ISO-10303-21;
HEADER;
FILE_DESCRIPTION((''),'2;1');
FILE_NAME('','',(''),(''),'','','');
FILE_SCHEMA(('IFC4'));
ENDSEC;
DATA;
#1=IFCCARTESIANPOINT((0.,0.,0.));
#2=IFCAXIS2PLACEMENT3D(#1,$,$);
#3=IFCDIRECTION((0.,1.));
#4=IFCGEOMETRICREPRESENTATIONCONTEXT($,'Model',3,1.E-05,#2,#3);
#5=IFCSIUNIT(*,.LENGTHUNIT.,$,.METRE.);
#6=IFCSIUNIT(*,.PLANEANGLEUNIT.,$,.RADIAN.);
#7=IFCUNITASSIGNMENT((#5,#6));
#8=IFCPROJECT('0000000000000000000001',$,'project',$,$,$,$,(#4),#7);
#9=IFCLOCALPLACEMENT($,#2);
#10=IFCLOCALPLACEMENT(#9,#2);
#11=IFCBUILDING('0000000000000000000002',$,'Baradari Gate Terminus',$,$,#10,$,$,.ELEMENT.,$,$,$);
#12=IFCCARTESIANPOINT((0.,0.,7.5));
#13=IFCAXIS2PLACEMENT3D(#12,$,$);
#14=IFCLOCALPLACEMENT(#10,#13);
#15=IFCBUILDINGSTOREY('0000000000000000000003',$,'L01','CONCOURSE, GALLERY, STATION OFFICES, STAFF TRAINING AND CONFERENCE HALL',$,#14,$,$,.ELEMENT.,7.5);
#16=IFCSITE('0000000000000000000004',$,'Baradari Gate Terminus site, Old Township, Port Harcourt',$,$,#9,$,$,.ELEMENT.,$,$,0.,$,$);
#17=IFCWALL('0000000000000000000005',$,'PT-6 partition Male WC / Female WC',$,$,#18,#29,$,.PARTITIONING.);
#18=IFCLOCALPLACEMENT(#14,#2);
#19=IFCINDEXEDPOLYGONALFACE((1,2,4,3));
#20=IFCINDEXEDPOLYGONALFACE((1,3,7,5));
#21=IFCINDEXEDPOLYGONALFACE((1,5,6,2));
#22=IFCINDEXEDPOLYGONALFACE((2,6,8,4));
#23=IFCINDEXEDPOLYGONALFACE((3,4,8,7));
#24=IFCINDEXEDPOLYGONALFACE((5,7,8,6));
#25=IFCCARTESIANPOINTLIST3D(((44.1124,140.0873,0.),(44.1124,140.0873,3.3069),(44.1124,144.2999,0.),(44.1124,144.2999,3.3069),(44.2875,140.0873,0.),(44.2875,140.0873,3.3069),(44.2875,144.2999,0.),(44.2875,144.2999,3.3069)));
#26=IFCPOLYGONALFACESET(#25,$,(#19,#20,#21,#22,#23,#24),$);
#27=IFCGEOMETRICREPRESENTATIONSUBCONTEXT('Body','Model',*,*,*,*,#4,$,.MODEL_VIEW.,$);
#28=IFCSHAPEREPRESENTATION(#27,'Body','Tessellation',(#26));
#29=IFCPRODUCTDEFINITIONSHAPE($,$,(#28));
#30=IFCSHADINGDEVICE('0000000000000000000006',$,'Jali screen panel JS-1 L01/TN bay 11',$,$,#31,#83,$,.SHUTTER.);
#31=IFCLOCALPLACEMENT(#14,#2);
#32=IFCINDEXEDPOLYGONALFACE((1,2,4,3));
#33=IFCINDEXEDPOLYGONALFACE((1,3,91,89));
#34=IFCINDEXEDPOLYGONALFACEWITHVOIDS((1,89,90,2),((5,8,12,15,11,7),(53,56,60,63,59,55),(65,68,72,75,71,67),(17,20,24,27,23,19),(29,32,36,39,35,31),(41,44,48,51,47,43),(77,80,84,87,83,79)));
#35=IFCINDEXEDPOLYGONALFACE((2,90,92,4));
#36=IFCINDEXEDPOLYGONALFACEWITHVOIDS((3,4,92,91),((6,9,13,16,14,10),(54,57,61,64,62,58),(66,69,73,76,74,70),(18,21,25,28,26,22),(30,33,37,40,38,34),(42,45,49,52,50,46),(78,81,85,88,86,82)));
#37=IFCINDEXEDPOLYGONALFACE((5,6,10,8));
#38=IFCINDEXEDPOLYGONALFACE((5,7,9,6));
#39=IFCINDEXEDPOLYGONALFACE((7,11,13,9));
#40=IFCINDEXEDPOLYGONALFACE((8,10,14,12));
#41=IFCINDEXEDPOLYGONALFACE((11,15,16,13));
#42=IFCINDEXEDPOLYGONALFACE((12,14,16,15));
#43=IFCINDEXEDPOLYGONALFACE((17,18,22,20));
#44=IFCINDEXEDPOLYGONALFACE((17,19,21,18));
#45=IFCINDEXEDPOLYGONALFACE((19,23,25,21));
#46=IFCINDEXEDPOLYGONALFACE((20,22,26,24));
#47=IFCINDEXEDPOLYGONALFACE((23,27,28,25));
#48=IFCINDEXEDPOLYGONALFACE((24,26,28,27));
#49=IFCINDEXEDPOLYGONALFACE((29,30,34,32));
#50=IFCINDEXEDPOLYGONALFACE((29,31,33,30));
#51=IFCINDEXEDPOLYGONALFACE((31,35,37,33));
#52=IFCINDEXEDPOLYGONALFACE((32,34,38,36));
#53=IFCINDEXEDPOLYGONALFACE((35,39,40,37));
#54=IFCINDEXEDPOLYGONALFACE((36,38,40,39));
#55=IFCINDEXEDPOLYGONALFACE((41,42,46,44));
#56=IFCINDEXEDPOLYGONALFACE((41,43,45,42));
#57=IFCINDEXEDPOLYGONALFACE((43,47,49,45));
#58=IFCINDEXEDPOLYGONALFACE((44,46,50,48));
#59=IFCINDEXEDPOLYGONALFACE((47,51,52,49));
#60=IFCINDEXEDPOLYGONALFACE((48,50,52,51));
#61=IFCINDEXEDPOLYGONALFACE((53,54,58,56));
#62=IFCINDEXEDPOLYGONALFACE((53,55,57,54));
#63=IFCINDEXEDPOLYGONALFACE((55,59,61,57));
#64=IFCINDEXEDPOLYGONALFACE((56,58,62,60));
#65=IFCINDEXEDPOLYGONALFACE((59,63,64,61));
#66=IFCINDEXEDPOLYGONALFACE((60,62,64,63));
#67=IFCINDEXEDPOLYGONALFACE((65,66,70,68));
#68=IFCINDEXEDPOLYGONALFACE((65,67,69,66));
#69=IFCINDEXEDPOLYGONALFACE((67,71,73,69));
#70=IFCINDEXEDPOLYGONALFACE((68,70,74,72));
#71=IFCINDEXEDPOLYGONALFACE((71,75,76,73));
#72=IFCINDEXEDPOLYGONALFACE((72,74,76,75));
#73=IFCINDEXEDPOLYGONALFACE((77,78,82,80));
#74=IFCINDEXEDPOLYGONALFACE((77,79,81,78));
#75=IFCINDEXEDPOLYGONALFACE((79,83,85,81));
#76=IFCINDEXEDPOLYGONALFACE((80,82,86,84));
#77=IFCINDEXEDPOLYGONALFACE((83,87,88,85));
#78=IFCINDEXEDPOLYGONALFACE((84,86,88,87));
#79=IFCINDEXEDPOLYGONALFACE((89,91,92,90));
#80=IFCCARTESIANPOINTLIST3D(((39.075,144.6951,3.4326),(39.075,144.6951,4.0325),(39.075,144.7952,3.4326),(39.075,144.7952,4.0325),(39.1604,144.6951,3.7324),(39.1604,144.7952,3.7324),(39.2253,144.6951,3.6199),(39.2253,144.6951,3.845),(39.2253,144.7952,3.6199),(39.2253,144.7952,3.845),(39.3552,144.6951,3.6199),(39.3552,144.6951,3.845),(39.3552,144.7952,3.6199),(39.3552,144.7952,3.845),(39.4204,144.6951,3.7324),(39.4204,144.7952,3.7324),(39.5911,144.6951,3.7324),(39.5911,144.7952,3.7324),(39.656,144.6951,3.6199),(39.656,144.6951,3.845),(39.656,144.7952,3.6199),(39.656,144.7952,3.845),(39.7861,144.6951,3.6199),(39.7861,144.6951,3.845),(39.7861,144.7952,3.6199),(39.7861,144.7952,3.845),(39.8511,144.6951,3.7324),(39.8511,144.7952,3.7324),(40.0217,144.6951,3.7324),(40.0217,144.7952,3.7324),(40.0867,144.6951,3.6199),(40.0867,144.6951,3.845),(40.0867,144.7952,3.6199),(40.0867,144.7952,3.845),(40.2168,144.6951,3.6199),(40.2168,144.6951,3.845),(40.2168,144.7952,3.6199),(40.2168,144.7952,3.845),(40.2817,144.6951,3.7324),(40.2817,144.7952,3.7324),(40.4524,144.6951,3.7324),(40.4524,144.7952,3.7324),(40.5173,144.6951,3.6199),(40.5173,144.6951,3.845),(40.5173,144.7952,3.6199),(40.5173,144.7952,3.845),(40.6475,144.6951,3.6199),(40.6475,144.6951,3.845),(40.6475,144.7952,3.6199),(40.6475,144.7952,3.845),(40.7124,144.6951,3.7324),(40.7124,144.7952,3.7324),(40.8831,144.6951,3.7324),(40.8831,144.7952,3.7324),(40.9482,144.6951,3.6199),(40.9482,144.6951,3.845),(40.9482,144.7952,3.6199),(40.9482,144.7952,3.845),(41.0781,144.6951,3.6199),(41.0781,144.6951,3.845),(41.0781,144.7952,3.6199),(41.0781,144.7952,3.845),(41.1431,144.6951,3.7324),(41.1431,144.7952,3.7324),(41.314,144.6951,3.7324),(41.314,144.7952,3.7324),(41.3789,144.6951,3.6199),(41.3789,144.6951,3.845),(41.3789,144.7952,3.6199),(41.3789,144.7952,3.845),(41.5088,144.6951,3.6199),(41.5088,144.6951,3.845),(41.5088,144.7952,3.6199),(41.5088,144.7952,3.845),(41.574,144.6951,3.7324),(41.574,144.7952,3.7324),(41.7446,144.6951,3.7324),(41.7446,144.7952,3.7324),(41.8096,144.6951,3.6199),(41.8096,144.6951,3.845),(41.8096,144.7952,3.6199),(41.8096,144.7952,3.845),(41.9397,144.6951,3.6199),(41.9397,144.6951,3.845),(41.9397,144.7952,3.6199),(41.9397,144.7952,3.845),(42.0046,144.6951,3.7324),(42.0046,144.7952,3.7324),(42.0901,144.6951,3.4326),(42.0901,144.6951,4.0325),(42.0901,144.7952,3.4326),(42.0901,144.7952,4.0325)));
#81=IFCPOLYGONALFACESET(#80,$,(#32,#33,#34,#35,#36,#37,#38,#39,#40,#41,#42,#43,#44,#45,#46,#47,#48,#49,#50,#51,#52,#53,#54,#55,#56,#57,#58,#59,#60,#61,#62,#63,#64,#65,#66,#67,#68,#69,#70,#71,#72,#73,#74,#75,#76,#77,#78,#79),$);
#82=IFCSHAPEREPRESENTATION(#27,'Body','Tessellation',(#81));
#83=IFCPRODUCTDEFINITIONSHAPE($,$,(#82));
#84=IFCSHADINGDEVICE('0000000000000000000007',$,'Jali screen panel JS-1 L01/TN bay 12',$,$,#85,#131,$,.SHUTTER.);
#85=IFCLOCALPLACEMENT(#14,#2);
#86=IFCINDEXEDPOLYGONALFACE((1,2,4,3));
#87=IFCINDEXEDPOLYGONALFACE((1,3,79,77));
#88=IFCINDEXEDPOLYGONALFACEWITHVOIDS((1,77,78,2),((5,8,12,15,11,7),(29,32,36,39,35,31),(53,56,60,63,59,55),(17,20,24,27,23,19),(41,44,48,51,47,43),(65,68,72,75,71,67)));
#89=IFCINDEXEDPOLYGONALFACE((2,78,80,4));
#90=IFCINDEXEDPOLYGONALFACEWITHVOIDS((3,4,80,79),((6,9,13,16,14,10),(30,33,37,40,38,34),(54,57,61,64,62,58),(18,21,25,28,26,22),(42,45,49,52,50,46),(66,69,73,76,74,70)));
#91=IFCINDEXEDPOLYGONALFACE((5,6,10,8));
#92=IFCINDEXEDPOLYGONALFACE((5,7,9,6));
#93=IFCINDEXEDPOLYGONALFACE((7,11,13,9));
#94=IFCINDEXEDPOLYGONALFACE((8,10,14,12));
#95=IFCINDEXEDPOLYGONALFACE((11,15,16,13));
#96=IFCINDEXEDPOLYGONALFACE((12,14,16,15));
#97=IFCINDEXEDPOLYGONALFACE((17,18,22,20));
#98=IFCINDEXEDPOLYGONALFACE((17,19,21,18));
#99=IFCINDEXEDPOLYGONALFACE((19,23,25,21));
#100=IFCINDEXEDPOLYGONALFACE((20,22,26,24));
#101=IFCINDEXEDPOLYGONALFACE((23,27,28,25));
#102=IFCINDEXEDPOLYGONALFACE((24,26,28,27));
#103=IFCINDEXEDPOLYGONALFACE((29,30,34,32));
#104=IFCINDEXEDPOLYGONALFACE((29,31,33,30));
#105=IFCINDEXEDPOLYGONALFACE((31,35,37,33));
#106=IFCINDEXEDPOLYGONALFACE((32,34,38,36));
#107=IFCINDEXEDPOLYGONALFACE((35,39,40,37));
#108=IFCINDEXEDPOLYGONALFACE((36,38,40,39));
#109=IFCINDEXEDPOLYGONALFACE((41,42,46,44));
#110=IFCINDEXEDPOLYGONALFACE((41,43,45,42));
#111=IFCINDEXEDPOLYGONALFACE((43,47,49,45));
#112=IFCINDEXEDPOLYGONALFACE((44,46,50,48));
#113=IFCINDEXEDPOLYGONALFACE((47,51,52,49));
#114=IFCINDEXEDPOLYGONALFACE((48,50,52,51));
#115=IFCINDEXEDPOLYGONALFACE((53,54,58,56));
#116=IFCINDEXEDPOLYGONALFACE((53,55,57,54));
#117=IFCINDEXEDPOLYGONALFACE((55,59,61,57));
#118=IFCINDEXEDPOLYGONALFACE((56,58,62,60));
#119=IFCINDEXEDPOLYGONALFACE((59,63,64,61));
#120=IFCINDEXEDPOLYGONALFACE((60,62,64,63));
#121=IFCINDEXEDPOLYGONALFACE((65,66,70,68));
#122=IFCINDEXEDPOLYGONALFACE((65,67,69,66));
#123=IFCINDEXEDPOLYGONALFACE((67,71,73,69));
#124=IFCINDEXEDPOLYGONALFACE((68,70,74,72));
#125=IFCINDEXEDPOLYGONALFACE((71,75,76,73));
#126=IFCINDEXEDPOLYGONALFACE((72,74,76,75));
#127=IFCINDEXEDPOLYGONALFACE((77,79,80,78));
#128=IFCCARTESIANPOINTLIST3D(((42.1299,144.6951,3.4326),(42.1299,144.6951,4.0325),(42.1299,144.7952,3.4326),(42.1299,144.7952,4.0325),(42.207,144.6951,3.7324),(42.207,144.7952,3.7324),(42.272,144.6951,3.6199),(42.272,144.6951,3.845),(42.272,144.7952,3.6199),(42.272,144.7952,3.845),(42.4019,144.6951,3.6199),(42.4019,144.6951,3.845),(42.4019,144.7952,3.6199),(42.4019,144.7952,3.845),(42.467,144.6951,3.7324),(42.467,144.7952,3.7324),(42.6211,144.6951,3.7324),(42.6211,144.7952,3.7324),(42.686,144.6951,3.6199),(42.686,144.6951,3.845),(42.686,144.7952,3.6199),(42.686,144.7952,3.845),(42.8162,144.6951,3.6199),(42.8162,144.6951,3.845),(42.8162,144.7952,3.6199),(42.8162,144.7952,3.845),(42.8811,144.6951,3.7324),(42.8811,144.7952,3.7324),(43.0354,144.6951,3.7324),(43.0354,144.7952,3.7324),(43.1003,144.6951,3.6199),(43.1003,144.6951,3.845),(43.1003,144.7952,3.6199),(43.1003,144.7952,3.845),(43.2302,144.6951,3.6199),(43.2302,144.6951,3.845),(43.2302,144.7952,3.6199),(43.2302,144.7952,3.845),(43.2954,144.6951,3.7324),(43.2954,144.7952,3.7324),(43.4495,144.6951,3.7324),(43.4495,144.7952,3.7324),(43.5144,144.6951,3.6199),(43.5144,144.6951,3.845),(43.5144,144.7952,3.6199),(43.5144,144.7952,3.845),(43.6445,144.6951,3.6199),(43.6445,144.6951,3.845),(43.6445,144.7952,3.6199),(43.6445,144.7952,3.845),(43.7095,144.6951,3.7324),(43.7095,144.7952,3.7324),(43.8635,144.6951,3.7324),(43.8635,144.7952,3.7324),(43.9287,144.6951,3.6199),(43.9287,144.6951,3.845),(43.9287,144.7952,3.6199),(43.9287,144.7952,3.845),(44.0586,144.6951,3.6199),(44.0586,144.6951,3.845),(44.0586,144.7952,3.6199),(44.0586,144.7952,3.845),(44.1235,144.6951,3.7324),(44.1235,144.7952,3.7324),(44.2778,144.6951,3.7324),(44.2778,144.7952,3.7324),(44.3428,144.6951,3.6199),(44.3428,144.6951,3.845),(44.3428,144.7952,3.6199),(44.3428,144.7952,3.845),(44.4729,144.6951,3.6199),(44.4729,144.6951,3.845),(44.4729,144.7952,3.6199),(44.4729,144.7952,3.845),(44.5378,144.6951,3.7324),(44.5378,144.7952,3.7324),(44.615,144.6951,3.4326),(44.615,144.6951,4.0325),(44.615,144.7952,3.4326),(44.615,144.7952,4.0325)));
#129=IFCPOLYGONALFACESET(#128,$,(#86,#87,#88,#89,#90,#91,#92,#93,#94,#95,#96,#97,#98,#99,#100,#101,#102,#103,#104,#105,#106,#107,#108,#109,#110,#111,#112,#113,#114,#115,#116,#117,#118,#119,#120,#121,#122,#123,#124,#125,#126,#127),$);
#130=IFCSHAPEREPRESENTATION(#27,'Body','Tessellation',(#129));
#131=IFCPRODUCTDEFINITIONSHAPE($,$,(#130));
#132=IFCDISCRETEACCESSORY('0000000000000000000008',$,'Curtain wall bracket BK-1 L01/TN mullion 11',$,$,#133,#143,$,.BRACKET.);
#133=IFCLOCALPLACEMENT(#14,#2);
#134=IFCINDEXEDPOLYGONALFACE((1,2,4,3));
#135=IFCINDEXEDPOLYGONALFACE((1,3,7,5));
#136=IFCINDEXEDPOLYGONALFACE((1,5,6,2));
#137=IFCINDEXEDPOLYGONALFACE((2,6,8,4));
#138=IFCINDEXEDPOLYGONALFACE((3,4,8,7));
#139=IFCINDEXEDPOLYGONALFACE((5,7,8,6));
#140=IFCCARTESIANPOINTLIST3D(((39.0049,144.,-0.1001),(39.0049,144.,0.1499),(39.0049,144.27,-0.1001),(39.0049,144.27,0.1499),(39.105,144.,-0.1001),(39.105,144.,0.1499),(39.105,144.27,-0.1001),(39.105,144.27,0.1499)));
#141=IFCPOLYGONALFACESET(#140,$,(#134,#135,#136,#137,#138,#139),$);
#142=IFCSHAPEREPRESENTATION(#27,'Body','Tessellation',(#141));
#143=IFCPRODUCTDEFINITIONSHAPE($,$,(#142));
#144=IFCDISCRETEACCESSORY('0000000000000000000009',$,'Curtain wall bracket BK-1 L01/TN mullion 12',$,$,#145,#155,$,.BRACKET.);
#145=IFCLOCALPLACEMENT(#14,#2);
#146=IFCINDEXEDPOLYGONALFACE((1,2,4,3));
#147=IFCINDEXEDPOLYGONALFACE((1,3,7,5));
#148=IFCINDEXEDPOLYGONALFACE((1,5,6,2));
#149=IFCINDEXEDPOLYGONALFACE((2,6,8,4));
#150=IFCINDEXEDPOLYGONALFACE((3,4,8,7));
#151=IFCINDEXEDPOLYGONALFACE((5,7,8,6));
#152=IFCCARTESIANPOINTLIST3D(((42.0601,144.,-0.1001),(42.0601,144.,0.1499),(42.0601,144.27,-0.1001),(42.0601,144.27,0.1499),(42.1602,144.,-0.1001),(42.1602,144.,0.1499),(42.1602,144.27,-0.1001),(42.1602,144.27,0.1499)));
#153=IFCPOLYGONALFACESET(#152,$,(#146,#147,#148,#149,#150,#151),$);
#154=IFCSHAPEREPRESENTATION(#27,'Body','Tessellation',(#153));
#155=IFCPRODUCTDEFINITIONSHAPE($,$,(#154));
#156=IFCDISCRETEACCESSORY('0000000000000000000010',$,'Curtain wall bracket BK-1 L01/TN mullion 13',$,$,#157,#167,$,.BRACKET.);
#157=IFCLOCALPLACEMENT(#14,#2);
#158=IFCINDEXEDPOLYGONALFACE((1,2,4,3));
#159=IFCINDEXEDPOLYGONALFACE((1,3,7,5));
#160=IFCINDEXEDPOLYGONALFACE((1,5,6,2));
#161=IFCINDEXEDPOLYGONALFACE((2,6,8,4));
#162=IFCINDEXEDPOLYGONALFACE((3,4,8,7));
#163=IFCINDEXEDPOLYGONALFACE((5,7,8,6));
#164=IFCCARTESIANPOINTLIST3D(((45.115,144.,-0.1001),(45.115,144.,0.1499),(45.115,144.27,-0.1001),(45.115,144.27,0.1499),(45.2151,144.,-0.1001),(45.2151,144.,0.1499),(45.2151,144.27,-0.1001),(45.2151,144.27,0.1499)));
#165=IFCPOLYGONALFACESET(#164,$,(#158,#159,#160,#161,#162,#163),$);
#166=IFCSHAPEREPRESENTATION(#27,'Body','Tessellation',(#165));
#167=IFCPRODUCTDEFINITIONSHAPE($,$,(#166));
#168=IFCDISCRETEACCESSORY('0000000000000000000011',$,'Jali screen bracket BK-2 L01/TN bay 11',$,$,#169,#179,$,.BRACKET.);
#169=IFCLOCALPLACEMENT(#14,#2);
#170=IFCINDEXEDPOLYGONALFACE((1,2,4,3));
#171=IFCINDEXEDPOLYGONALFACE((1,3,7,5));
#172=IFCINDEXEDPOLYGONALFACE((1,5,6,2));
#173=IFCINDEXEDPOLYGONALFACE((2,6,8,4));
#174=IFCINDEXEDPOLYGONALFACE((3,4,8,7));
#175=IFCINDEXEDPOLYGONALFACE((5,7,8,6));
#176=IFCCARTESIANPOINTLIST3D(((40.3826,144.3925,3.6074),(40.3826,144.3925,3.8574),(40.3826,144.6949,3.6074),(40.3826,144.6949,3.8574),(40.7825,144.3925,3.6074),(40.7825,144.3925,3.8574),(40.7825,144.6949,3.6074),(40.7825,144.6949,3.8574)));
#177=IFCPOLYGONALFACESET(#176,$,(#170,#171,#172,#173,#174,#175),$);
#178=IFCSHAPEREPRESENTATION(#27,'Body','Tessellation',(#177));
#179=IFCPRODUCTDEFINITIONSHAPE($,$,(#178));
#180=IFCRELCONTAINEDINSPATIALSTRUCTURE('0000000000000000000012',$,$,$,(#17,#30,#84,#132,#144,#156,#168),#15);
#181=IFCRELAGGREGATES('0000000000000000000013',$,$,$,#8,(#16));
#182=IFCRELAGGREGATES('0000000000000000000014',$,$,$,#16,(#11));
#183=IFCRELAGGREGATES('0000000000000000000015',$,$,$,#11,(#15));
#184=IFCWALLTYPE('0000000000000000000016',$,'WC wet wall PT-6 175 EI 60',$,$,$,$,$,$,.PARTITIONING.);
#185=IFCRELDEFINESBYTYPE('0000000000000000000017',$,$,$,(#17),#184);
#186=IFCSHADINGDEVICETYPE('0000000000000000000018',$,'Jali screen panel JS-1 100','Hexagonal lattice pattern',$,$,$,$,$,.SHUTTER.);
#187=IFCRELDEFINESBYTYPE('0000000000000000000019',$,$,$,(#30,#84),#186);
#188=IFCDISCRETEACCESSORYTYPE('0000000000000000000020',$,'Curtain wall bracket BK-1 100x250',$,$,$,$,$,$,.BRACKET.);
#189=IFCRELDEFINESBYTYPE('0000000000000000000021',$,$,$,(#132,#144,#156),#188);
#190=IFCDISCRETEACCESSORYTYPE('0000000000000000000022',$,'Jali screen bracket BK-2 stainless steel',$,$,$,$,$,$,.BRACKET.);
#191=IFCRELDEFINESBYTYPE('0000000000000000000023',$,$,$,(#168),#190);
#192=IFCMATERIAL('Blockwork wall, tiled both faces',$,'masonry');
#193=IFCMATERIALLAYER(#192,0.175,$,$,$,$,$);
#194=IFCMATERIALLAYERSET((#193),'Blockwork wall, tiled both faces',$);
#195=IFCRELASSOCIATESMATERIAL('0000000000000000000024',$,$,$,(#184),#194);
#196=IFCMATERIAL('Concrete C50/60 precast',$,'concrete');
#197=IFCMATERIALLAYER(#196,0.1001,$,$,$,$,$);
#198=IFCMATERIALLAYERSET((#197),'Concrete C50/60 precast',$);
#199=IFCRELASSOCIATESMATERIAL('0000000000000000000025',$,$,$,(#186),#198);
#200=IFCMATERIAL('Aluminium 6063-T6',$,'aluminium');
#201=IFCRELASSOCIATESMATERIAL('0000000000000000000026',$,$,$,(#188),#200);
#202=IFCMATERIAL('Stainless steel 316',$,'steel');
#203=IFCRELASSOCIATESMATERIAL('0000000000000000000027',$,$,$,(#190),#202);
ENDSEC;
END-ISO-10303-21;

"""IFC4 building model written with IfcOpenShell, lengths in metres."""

from ifc_helpers import new_model, si_unit, direction, frame, frame_2d, origin, origin_2d, place, context, subcontext, project, spatial, polyline, rectangle, outline, extrude, material, layer, layer_set, type_object, element, save


model = new_model("IFC4")

# Units and contexts
model_context = context("Model", 3, precision=1e-05, world=origin(), true_north=direction((0.0, 1.0)))
body_context = subcontext(model_context, "Body", "Model", "MODEL_VIEW")
ifc_project = project(units=[si_unit("LENGTHUNIT", "METRE"), si_unit("PLANEANGLEUNIT", "RADIAN")], contexts=[model_context])

# Site, building, storey
site_placement = place(None, origin())
site = spatial("IfcSite", under=ifc_project, at=site_placement, Name="Baradari Gate Terminus site, Old Township, Port Harcourt", CompositionType="ELEMENT", RefElevation=0.0)
building_placement = place(site_placement, origin())
building = spatial("IfcBuilding", under=site, at=building_placement, Name="Baradari Gate Terminus", CompositionType="ELEMENT")
storey_placement = place(building_placement, frame((0.0, 0.0, 7.5)))
storey = spatial("IfcBuildingStorey", under=building, at=storey_placement, Name="L01", Description="CONCOURSE, GALLERY, STATION OFFICES, STAFF TRAINING AND CONFERENCE HALL", CompositionType="ELEMENT", Elevation=7.5)

# Wall
ifc_material_1 = material(Name="Blockwork wall, tiled both faces", Category="masonry")
ifc_layer_1 = layer(ifc_material_1, 0.175)
ifc_layer_set_1 = layer_set([ifc_layer_1], Name="Blockwork wall, tiled both faces")
wall_type = type_object("IfcWallType", Name="WC wet wall PT-6 175 EI 60", PredefinedType="PARTITIONING", material=ifc_layer_set_1)
for number, where, z_axis, x_axis, name in (
    (1, (44.2, 144.3, 0.0), (0.0, 0.0, 1.0), (0.0, -1.0, 0.0), "PT-6 partition Male WC / Female WC"),
):
    element("IfcWall", number, at=place(storey_placement, frame(where, z_axis=z_axis, x_axis=x_axis)), inside=storey, type_object=wall_type, Name=name, PredefinedType="PARTITIONING", context=body_context, shape_type="SweptSolid", body=[
        extrude(rectangle(XDim=4.2126, YDim=0.175, at=frame_2d((2.1064, 0.0))), origin(), (0.0, 0.0, 1.0), 3.3069),
    ])

# Shading devices
ifc_material_2 = material(Name="Concrete C50/60 precast", Category="concrete")
ifc_layer_2 = layer(ifc_material_2, 0.1001)
ifc_layer_set_2 = layer_set([ifc_layer_2], Name="Concrete C50/60 precast")
shading_device_type = type_object("IfcShadingDeviceType", Name="Jali screen panel JS-1 100", Description="Hexagonal lattice pattern", PredefinedType="SHUTTER", material=ifc_layer_set_2)
shading_device_1_placement = place(storey_placement, frame((39.075, 144.7451, 3.4326), z_axis=(0.0, 0.0, 1.0), x_axis=(1.0, 0.0, 0.0)))
element("IfcShadingDevice", 2, at=shading_device_1_placement, inside=storey, type_object=shading_device_type, Name="Jali screen panel JS-1 L01/TN bay 11", PredefinedType="SHUTTER", context=body_context, shape_type="SweptSolid", body=[
    extrude(outline(polyline([(0.0, 0.0), (3.0151, 0.0), (3.0151, 0.5999), (0.0, 0.5999), (0.0, 0.0)]), holes=[polyline([(0.3455, 0.2998), (0.2803, 0.1873), (0.1504, 0.1873), (0.0854, 0.2998), (0.1504, 0.4124), (0.2803, 0.4124), (0.3455, 0.2998)]), polyline([(0.7761, 0.2998), (0.7112, 0.1873), (0.5811, 0.1873), (0.5161, 0.2998), (0.5811, 0.4124), (0.7112, 0.4124), (0.7761, 0.2998)]), polyline([(1.2068, 0.2998), (1.1418, 0.1873), (1.0117, 0.1873), (0.9468, 0.2998), (1.0117, 0.4124), (1.1418, 0.4124), (1.2068, 0.2998)]), polyline([(1.6375, 0.2998), (1.5725, 0.1873), (1.4424, 0.1873), (1.3774, 0.2998), (1.4424, 0.4124), (1.5725, 0.4124), (1.6375, 0.2998)]), polyline([(2.0681, 0.2998), (2.0032, 0.1873), (1.8733, 0.1873), (1.8081, 0.2998), (1.8733, 0.4124), (2.0032, 0.4124), (2.0681, 0.2998)]), polyline([(2.499, 0.2998), (2.4338, 0.1873), (2.304, 0.1873), (2.239, 0.2998), (2.304, 0.4124), (2.4338, 0.4124), (2.499, 0.2998)]), polyline([(2.9297, 0.2998), (2.8647, 0.1873), (2.7346, 0.1873), (2.6697, 0.2998), (2.7346, 0.4124), (2.8647, 0.4124), (2.9297, 0.2998)])]), frame((0.0, 0.05, 0.0), z_axis=(0.0, -1.0, 0.0), x_axis=(1.0, 0.0, 0.0)), (0.0, 0.0, 1.0), 0.1001),
])
shading_device_2_placement = place(storey_placement, frame((42.1299, 144.7451, 3.4326), z_axis=(0.0, 0.0, 1.0), x_axis=(1.0, 0.0, 0.0)))
element("IfcShadingDevice", 3, at=shading_device_2_placement, inside=storey, type_object=shading_device_type, Name="Jali screen panel JS-1 L01/TN bay 12", PredefinedType="SHUTTER", context=body_context, shape_type="SweptSolid", body=[
    extrude(outline(polyline([(0.0, 0.0), (2.4851, 0.0), (2.4851, 0.5999), (0.0, 0.5999), (0.0, 0.0)]), holes=[polyline([(0.3372, 0.2998), (0.272, 0.1873), (0.1421, 0.1873), (0.0771, 0.2998), (0.1421, 0.4124), (0.272, 0.4124), (0.3372, 0.2998)]), polyline([(0.7512, 0.2998), (0.6863, 0.1873), (0.5562, 0.1873), (0.4912, 0.2998), (0.5562, 0.4124), (0.6863, 0.4124), (0.7512, 0.2998)]), polyline([(1.1655, 0.2998), (1.1003, 0.1873), (0.9705, 0.1873), (0.9055, 0.2998), (0.9705, 0.4124), (1.1003, 0.4124), (1.1655, 0.2998)]), polyline([(1.5796, 0.2998), (1.5146, 0.1873), (1.3845, 0.1873), (1.3196, 0.2998), (1.3845, 0.4124), (1.5146, 0.4124), (1.5796, 0.2998)]), polyline([(1.9937, 0.2998), (1.9287, 0.1873), (1.7988, 0.1873), (1.7336, 0.2998), (1.7988, 0.4124), (1.9287, 0.4124), (1.9937, 0.2998)]), polyline([(2.408, 0.2998), (2.343, 0.1873), (2.2129, 0.1873), (2.1479, 0.2998), (2.2129, 0.4124), (2.343, 0.4124), (2.408, 0.2998)])]), frame((0.0, 0.05, 0.0), z_axis=(0.0, -1.0, 0.0), x_axis=(1.0, 0.0, 0.0)), (0.0, 0.0, 1.0), 0.1001),
])

# Discrete accessories
ifc_material_3 = material(Name="Aluminium 6063-T6", Category="aluminium")
discrete_accessory_type_1 = type_object("IfcDiscreteAccessoryType", Name="Curtain wall bracket BK-1 100x250", PredefinedType="BRACKET", material=ifc_material_3)
for number, where, z_axis, x_axis, name in (
    (4, (39.0549, 144.135, -0.1001), (0.0, 0.0, 1.0), (0.0, 1.0, 0.0), "Curtain wall bracket BK-1 L01/TN mullion 11"),
    (5, (42.1101, 144.135, -0.1001), (0.0, 0.0, 1.0), (0.0, 1.0, 0.0), "Curtain wall bracket BK-1 L01/TN mullion 12"),
    (6, (45.165, 144.135, -0.1001), (0.0, 0.0, 1.0), (0.0, 1.0, 0.0), "Curtain wall bracket BK-1 L01/TN mullion 13"),
):
    element("IfcDiscreteAccessory", number, at=place(storey_placement, frame(where, z_axis=z_axis, x_axis=x_axis)), inside=storey, type_object=discrete_accessory_type_1, Name=name, PredefinedType="BRACKET", context=body_context, shape_type="SweptSolid", body=[
        extrude(rectangle(XDim=0.27, YDim=0.1001, at=origin_2d()), origin(), (0.0, 0.0, 1.0), 0.25),
    ])
ifc_material_4 = material(Name="Stainless steel 316", Category="steel")
discrete_accessory_type_2 = type_object("IfcDiscreteAccessoryType", Name="Jali screen bracket BK-2 stainless steel", PredefinedType="BRACKET", material=ifc_material_4)
for number, where, z_axis, x_axis, name in (
    (7, (40.5825, 144.5437, 3.6074), (0.0, 0.0, 1.0), (0.0, 1.0, 0.0), "Jali screen bracket BK-2 L01/TN bay 11"),
):
    element("IfcDiscreteAccessory", number, at=place(storey_placement, frame(where, z_axis=z_axis, x_axis=x_axis)), inside=storey, type_object=discrete_accessory_type_2, Name=name, PredefinedType="BRACKET", context=body_context, shape_type="SweptSolid", body=[
        extrude(rectangle(XDim=0.3025, YDim=0.3999, at=origin_2d()), origin(), (0.0, 0.0, 1.0), 0.25),
    ])

save(model, "model.ifc")
